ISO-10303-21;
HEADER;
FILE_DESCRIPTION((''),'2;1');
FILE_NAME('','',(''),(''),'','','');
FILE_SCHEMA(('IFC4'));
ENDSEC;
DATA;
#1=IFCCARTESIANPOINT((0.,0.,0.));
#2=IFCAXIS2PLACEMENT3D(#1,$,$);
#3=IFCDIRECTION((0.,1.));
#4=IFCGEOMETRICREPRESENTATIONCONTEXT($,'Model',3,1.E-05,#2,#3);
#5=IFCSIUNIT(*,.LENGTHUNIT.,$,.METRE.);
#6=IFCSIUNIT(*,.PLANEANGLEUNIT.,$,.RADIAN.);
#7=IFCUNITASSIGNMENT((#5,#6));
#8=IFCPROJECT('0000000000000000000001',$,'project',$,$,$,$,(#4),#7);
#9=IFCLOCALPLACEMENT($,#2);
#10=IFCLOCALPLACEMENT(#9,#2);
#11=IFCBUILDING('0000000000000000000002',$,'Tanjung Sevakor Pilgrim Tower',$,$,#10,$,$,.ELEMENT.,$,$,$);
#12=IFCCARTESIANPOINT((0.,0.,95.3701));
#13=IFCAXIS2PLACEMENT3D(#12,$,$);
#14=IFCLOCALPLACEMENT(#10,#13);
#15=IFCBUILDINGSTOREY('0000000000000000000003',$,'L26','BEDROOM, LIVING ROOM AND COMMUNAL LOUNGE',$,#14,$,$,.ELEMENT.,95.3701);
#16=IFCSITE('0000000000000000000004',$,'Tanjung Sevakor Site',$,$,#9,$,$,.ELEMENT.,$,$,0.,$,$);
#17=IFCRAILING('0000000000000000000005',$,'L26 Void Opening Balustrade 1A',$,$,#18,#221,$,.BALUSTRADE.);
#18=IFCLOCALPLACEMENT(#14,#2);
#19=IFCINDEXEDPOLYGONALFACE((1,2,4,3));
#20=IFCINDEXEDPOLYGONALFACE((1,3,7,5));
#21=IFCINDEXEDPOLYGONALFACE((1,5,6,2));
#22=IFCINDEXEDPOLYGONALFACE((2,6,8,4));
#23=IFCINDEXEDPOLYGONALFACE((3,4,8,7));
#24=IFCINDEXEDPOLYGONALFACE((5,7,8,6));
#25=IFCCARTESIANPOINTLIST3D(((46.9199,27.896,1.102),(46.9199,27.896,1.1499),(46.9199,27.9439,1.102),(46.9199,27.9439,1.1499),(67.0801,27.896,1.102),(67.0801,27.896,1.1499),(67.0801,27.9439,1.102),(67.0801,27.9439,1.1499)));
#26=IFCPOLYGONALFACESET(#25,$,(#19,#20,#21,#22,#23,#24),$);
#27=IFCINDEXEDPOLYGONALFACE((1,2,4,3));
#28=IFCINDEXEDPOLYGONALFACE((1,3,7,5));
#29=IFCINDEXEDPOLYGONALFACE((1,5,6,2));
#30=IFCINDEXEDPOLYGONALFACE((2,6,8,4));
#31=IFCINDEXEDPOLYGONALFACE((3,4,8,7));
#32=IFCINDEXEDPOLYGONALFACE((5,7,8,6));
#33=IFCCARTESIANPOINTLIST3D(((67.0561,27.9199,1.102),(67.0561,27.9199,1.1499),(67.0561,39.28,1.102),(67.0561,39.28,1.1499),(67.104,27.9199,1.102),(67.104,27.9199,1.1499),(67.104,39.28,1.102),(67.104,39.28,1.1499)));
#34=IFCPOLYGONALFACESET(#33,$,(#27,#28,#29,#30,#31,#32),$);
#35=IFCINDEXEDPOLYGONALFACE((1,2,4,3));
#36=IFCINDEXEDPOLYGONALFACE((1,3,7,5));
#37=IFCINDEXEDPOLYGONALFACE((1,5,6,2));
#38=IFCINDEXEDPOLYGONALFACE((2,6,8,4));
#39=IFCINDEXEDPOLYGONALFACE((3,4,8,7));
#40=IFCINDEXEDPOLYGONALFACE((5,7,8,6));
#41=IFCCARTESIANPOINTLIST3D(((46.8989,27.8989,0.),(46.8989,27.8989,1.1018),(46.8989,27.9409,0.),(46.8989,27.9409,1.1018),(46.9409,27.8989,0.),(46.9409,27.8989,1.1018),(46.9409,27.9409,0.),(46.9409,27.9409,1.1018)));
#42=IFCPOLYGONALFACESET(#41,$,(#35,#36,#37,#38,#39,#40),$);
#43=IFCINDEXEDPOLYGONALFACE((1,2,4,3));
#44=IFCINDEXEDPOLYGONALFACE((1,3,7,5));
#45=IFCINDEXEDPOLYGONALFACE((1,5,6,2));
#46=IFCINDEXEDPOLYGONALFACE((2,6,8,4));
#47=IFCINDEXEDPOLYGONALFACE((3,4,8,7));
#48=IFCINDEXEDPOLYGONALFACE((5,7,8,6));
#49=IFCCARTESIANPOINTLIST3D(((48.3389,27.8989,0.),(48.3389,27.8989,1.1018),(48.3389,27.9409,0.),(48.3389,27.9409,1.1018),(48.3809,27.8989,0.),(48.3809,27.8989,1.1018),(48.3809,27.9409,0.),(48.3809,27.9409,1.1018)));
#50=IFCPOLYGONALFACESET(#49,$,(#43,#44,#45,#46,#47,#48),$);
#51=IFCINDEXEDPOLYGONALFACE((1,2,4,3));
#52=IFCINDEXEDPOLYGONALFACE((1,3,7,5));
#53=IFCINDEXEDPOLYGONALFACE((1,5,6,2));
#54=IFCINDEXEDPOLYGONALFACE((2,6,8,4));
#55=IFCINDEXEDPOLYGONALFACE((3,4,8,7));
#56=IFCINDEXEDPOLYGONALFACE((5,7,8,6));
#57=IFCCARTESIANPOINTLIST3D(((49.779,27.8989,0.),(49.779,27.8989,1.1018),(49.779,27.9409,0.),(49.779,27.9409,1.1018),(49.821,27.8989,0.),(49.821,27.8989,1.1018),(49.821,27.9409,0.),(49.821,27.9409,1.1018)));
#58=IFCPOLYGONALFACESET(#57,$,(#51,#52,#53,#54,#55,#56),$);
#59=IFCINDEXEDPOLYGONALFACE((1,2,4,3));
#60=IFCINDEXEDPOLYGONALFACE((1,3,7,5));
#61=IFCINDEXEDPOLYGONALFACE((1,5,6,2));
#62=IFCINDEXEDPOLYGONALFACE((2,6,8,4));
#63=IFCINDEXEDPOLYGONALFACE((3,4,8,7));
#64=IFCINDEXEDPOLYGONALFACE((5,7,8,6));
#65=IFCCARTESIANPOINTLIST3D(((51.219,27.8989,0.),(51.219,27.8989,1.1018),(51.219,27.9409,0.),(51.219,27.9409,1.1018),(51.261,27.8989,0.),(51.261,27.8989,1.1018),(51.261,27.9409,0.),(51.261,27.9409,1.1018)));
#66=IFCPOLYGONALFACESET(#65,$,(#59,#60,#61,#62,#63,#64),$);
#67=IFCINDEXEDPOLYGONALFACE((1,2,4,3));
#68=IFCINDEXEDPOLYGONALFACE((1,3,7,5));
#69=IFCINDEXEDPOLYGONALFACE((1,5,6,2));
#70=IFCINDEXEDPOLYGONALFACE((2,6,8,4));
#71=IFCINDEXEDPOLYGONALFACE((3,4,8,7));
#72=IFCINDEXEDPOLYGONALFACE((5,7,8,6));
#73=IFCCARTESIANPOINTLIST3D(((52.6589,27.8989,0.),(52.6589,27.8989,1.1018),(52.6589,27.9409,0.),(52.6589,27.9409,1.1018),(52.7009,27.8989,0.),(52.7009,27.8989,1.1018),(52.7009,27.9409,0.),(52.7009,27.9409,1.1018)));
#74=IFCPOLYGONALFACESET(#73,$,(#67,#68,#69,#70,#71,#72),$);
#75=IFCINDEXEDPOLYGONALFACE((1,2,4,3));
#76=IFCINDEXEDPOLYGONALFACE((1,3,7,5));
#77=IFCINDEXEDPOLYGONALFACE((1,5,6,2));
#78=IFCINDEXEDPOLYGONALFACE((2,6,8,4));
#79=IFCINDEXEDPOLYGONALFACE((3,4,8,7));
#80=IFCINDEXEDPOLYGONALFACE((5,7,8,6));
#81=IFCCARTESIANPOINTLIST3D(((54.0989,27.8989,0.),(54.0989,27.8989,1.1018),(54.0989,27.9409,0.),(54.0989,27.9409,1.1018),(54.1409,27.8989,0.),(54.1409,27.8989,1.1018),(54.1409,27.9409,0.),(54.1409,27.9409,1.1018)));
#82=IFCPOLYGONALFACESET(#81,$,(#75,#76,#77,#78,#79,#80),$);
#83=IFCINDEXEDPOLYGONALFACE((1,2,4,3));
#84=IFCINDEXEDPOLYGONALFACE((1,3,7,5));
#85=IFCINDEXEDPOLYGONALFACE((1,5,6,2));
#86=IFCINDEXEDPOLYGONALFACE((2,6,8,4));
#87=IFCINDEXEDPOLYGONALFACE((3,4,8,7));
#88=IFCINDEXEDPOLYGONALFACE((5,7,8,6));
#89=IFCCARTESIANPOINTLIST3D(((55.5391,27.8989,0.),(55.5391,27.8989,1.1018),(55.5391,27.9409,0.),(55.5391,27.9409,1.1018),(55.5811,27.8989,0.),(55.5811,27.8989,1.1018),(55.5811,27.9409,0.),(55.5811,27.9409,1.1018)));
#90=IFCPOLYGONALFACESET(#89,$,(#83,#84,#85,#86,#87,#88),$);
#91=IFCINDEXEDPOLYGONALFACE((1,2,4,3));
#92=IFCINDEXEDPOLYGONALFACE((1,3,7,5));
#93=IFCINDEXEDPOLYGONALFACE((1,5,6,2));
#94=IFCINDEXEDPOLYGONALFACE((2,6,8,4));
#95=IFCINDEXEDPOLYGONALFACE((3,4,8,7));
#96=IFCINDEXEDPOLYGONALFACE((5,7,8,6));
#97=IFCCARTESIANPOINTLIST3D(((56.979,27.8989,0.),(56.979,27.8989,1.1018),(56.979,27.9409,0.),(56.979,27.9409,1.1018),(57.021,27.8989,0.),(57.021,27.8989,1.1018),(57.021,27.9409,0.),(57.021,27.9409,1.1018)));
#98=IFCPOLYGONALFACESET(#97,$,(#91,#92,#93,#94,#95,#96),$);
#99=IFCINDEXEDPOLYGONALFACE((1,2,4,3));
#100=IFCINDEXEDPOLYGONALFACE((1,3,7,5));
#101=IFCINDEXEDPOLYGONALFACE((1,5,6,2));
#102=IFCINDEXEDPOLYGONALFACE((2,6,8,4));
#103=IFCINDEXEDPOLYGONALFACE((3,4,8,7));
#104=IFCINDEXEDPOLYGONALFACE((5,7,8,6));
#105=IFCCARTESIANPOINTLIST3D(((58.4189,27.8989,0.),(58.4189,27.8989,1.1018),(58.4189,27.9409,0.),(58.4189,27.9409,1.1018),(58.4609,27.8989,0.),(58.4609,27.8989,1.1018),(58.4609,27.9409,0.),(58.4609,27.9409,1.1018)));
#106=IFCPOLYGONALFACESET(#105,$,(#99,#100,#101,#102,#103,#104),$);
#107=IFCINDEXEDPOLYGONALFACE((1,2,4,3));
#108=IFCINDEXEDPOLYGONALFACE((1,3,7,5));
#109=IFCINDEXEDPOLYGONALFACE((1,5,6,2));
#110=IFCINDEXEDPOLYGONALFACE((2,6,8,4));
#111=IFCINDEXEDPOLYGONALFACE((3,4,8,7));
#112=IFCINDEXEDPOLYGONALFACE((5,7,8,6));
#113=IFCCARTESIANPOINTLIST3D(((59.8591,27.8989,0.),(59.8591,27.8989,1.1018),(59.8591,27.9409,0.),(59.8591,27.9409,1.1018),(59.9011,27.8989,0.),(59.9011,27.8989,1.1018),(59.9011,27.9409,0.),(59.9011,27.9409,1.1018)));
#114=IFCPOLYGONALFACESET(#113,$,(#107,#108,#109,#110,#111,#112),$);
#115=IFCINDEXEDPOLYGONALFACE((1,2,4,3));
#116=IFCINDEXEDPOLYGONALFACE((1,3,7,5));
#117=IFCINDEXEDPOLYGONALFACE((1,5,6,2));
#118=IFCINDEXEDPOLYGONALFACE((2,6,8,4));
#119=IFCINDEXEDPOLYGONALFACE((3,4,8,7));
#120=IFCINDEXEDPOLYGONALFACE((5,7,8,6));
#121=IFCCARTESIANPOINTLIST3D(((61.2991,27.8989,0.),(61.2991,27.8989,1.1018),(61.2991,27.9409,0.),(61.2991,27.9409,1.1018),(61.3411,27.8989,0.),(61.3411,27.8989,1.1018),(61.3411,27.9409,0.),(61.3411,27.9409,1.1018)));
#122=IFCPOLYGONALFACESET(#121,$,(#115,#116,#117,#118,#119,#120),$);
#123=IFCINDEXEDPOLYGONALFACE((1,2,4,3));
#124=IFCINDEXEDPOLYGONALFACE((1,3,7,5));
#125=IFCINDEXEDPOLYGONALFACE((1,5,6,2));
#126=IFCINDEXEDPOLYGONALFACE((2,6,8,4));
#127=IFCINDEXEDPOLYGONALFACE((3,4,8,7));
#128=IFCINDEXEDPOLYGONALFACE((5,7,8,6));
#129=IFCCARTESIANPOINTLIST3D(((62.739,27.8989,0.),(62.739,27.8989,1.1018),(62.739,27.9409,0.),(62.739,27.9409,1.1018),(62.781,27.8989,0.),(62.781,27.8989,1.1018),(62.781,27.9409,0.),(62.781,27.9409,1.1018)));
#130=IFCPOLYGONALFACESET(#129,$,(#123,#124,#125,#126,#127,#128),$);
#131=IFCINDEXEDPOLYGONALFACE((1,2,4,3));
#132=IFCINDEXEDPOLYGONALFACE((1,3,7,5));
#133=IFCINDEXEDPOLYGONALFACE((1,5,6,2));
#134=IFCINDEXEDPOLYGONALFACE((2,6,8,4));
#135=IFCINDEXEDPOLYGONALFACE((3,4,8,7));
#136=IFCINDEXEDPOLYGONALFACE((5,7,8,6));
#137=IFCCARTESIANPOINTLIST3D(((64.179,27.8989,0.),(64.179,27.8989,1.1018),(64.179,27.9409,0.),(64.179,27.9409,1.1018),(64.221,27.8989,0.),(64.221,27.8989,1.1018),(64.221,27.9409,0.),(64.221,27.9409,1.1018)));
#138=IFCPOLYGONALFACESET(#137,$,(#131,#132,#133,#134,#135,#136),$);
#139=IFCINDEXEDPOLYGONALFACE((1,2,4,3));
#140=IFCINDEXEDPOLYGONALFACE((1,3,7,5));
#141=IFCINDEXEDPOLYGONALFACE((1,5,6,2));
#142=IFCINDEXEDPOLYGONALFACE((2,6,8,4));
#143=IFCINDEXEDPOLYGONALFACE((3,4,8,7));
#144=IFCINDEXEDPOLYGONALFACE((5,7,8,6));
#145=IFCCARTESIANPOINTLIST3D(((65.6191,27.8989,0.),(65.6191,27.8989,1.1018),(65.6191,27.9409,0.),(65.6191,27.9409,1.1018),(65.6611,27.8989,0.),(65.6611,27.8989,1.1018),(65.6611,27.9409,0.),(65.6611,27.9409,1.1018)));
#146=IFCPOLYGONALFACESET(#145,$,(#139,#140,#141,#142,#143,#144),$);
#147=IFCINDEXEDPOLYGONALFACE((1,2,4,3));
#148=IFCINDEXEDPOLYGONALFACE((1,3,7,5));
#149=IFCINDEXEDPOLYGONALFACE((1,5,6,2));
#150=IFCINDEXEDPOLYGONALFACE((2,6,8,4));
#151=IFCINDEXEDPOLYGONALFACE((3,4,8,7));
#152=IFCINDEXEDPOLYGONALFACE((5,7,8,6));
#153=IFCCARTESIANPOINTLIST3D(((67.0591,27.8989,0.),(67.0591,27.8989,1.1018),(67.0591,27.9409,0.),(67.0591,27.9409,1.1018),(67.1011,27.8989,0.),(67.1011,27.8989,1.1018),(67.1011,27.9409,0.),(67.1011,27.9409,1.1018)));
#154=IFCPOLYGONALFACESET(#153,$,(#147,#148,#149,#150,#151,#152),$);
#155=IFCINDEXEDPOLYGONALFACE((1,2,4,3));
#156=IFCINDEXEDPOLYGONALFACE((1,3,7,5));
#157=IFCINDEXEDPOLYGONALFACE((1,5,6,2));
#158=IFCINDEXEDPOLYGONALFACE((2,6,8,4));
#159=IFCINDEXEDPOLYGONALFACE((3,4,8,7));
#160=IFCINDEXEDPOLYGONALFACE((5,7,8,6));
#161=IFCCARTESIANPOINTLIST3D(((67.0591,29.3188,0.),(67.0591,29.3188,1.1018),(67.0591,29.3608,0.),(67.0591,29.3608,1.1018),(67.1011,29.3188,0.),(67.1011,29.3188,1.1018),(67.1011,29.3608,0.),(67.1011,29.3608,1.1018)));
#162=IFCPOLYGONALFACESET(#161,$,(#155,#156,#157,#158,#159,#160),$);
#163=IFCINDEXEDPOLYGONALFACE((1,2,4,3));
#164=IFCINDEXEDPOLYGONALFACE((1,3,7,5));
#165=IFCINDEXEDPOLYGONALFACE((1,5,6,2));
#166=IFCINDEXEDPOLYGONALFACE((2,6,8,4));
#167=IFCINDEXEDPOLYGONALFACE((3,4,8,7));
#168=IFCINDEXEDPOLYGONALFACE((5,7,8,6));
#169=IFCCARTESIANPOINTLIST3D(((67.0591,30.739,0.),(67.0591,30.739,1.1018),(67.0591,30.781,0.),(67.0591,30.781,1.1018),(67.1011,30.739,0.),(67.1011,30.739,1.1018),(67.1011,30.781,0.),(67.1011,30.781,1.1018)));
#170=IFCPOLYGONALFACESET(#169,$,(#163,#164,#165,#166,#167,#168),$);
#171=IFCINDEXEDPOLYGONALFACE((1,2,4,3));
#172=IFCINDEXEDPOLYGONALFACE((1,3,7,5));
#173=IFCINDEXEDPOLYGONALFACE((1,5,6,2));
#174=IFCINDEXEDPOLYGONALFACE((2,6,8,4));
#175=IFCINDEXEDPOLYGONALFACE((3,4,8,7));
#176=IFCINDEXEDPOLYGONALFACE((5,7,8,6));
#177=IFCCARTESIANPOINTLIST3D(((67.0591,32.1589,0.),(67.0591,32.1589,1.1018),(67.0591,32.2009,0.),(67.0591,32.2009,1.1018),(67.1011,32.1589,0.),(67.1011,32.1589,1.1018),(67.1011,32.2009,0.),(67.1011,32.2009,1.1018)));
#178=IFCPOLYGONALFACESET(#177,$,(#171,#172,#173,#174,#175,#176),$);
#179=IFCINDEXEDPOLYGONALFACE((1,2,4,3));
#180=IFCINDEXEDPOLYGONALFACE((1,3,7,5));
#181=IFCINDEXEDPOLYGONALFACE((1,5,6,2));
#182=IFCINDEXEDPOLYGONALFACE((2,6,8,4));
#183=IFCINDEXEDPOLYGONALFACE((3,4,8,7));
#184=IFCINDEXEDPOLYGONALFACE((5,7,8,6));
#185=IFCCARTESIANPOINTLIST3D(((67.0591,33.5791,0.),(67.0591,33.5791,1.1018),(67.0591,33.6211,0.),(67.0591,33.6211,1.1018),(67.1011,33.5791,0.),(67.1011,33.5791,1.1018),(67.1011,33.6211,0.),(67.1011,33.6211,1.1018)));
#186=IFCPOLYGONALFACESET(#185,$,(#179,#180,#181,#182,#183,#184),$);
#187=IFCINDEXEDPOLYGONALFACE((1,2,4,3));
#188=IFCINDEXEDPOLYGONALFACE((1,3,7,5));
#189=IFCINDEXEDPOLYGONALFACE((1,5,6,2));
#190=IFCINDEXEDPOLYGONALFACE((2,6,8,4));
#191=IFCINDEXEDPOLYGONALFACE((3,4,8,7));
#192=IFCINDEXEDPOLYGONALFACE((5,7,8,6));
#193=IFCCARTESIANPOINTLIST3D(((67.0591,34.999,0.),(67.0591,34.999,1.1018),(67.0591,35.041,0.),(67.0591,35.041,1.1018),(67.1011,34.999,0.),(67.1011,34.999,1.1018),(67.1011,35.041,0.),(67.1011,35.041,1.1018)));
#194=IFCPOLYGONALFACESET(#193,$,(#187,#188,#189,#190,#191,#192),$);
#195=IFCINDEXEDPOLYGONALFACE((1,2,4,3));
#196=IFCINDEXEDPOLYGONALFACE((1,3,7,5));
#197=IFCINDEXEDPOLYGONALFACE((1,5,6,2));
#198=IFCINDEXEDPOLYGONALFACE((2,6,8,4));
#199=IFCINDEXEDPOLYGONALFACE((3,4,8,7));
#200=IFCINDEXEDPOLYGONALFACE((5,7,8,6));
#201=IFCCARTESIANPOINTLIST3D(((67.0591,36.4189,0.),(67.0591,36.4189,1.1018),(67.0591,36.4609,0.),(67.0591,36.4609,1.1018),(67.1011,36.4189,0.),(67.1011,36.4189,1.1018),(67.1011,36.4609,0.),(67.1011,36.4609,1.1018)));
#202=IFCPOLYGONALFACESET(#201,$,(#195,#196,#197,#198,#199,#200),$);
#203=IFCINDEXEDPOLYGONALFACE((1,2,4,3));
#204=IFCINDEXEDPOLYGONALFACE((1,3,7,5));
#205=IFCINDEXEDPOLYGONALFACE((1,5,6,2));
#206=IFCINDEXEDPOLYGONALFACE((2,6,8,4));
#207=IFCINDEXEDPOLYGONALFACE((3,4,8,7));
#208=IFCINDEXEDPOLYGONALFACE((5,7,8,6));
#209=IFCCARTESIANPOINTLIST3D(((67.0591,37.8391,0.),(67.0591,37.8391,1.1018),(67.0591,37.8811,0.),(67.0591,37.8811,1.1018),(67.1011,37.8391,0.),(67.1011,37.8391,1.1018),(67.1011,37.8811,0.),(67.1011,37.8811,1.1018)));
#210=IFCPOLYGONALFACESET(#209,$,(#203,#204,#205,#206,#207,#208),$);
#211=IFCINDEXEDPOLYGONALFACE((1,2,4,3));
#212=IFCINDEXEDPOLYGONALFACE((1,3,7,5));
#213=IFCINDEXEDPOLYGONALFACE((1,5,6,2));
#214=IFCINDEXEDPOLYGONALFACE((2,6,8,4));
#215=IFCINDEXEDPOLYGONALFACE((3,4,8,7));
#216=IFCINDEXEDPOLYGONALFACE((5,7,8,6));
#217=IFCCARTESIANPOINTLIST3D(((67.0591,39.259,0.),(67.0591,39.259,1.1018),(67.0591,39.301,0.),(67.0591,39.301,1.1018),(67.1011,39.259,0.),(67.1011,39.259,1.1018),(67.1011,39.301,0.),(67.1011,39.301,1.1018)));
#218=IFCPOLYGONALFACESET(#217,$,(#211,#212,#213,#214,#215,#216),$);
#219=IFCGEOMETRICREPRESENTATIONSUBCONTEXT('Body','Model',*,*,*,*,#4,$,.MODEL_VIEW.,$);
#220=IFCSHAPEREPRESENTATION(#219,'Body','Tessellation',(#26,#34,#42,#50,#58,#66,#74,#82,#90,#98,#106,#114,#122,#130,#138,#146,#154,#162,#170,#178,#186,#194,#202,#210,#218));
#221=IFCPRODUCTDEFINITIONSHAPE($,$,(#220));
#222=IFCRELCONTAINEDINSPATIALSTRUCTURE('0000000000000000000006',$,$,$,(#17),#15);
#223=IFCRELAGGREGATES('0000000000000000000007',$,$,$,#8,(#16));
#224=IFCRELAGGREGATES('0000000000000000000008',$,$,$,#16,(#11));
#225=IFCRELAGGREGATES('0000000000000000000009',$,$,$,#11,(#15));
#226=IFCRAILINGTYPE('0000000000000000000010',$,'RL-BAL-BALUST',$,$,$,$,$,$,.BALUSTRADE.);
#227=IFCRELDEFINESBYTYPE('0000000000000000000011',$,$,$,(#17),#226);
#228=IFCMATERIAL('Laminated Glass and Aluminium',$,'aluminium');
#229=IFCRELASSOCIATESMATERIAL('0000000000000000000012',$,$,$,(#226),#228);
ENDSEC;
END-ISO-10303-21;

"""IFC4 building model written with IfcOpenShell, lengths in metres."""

from ifc_helpers import new_model, si_unit, direction, frame, origin, place, context, subcontext, project, spatial, rectangle, extrude, material, type_object, element, save


model = new_model("IFC4")

# Units and contexts
model_context = context("Model", 3, precision=1e-05, world=origin(), true_north=direction((0.0, 1.0)))
body_context = subcontext(model_context, "Body", "Model", "MODEL_VIEW")
ifc_project = project(units=[si_unit("LENGTHUNIT", "METRE"), si_unit("PLANEANGLEUNIT", "RADIAN")], contexts=[model_context])

# Site, building, storey
site_placement = place(None, origin())
site = spatial("IfcSite", under=ifc_project, at=site_placement, Name="Tanjung Sevakor Site", CompositionType="ELEMENT", RefElevation=0.0)
building_placement = place(site_placement, origin())
building = spatial("IfcBuilding", under=site, at=building_placement, Name="Tanjung Sevakor Pilgrim Tower", CompositionType="ELEMENT")
storey_placement = place(building_placement, frame((0.0, 0.0, 95.3701)))
storey = spatial("IfcBuildingStorey", under=building, at=storey_placement, Name="L26", Description="BEDROOM, LIVING ROOM AND COMMUNAL LOUNGE", CompositionType="ELEMENT", Elevation=95.3701)

# Railing
ifc_material_1 = material(Name="Laminated Glass and Aluminium", Category="aluminium")
railing_type = type_object("IfcRailingType", Name="RL-BAL-BALUST", PredefinedType="BALUSTRADE", material=ifc_material_1)
railing_placement = place(storey_placement, frame((46.9199, 27.9199, 0.0)))
element("IfcRailing", 1, at=railing_placement, inside=storey, type_object=railing_type, Name="L26 Void Opening Balustrade 1A", PredefinedType="BALUSTRADE", context=body_context, shape_type="SweptSolid", body=[
    extrude(rectangle(XDim=0.0479, YDim=0.0479), frame((0.0, 0.0, 1.126), z_axis=(1.0, 0.0, 0.0), x_axis=(0.0, 1.0, 0.0)), (0.0, 0.0, 1.0), 20.1602),
    extrude(rectangle(XDim=0.0479, YDim=0.0479), frame((20.1602, 0.0, 1.126), z_axis=(0.0, 1.0, 0.0), x_axis=(-1.0, 0.0, 0.0)), (0.0, 0.0, 1.0), 11.3601),
    extrude(rectangle(XDim=0.042, YDim=0.042), origin(), (0.0, 0.0, 1.0), 1.1018),
    extrude(rectangle(XDim=0.042, YDim=0.042), frame((1.4399, 0.0, 0.0)), (0.0, 0.0, 1.0), 1.1018),
    extrude(rectangle(XDim=0.042, YDim=0.042), frame((2.8801, 0.0, 0.0)), (0.0, 0.0, 1.0), 1.1018),
    extrude(rectangle(XDim=0.042, YDim=0.042), frame((4.3201, 0.0, 0.0)), (0.0, 0.0, 1.0), 1.1018),
    extrude(rectangle(XDim=0.042, YDim=0.042), frame((5.76, 0.0, 0.0)), (0.0, 0.0, 1.0), 1.1018),
    extrude(rectangle(XDim=0.042, YDim=0.042), frame((7.2, 0.0, 0.0)), (0.0, 0.0, 1.0), 1.1018),
    extrude(rectangle(XDim=0.042, YDim=0.042), frame((8.6401, 0.0, 0.0)), (0.0, 0.0, 1.0), 1.1018),
    extrude(rectangle(XDim=0.042, YDim=0.042), frame((10.0801, 0.0, 0.0)), (0.0, 0.0, 1.0), 1.1018),
    extrude(rectangle(XDim=0.042, YDim=0.042), frame((11.52, 0.0, 0.0)), (0.0, 0.0, 1.0), 1.1018),
    extrude(rectangle(XDim=0.042, YDim=0.042), frame((12.9602, 0.0, 0.0)), (0.0, 0.0, 1.0), 1.1018),
    extrude(rectangle(XDim=0.042, YDim=0.042), frame((14.4001, 0.0, 0.0)), (0.0, 0.0, 1.0), 1.1018),
    extrude(rectangle(XDim=0.042, YDim=0.042), frame((15.8401, 0.0, 0.0)), (0.0, 0.0, 1.0), 1.1018),
    extrude(rectangle(XDim=0.042, YDim=0.042), frame((17.28, 0.0, 0.0)), (0.0, 0.0, 1.0), 1.1018),
    extrude(rectangle(XDim=0.042, YDim=0.042), frame((18.7202, 0.0, 0.0)), (0.0, 0.0, 1.0), 1.1018),
    extrude(rectangle(XDim=0.042, YDim=0.042), frame((20.1602, 0.0, 0.0)), (0.0, 0.0, 1.0), 1.1018),
    extrude(rectangle(XDim=0.042, YDim=0.042), frame((20.1602, 1.4199, 0.0)), (0.0, 0.0, 1.0), 1.1018),
    extrude(rectangle(XDim=0.042, YDim=0.042), frame((20.1602, 2.8401, 0.0)), (0.0, 0.0, 1.0), 1.1018),
    extrude(rectangle(XDim=0.042, YDim=0.042), frame((20.1602, 4.26, 0.0)), (0.0, 0.0, 1.0), 1.1018),
    extrude(rectangle(XDim=0.042, YDim=0.042), frame((20.1602, 5.6802, 0.0)), (0.0, 0.0, 1.0), 1.1018),
    extrude(rectangle(XDim=0.042, YDim=0.042), frame((20.1602, 7.1001, 0.0)), (0.0, 0.0, 1.0), 1.1018),
    extrude(rectangle(XDim=0.042, YDim=0.042), frame((20.1602, 8.52, 0.0)), (0.0, 0.0, 1.0), 1.1018),
    extrude(rectangle(XDim=0.042, YDim=0.042), frame((20.1602, 9.9402, 0.0)), (0.0, 0.0, 1.0), 1.1018),
    extrude(rectangle(XDim=0.042, YDim=0.042), frame((20.1602, 11.3601, 0.0)), (0.0, 0.0, 1.0), 1.1018),
])

save(model, "model.ifc")
